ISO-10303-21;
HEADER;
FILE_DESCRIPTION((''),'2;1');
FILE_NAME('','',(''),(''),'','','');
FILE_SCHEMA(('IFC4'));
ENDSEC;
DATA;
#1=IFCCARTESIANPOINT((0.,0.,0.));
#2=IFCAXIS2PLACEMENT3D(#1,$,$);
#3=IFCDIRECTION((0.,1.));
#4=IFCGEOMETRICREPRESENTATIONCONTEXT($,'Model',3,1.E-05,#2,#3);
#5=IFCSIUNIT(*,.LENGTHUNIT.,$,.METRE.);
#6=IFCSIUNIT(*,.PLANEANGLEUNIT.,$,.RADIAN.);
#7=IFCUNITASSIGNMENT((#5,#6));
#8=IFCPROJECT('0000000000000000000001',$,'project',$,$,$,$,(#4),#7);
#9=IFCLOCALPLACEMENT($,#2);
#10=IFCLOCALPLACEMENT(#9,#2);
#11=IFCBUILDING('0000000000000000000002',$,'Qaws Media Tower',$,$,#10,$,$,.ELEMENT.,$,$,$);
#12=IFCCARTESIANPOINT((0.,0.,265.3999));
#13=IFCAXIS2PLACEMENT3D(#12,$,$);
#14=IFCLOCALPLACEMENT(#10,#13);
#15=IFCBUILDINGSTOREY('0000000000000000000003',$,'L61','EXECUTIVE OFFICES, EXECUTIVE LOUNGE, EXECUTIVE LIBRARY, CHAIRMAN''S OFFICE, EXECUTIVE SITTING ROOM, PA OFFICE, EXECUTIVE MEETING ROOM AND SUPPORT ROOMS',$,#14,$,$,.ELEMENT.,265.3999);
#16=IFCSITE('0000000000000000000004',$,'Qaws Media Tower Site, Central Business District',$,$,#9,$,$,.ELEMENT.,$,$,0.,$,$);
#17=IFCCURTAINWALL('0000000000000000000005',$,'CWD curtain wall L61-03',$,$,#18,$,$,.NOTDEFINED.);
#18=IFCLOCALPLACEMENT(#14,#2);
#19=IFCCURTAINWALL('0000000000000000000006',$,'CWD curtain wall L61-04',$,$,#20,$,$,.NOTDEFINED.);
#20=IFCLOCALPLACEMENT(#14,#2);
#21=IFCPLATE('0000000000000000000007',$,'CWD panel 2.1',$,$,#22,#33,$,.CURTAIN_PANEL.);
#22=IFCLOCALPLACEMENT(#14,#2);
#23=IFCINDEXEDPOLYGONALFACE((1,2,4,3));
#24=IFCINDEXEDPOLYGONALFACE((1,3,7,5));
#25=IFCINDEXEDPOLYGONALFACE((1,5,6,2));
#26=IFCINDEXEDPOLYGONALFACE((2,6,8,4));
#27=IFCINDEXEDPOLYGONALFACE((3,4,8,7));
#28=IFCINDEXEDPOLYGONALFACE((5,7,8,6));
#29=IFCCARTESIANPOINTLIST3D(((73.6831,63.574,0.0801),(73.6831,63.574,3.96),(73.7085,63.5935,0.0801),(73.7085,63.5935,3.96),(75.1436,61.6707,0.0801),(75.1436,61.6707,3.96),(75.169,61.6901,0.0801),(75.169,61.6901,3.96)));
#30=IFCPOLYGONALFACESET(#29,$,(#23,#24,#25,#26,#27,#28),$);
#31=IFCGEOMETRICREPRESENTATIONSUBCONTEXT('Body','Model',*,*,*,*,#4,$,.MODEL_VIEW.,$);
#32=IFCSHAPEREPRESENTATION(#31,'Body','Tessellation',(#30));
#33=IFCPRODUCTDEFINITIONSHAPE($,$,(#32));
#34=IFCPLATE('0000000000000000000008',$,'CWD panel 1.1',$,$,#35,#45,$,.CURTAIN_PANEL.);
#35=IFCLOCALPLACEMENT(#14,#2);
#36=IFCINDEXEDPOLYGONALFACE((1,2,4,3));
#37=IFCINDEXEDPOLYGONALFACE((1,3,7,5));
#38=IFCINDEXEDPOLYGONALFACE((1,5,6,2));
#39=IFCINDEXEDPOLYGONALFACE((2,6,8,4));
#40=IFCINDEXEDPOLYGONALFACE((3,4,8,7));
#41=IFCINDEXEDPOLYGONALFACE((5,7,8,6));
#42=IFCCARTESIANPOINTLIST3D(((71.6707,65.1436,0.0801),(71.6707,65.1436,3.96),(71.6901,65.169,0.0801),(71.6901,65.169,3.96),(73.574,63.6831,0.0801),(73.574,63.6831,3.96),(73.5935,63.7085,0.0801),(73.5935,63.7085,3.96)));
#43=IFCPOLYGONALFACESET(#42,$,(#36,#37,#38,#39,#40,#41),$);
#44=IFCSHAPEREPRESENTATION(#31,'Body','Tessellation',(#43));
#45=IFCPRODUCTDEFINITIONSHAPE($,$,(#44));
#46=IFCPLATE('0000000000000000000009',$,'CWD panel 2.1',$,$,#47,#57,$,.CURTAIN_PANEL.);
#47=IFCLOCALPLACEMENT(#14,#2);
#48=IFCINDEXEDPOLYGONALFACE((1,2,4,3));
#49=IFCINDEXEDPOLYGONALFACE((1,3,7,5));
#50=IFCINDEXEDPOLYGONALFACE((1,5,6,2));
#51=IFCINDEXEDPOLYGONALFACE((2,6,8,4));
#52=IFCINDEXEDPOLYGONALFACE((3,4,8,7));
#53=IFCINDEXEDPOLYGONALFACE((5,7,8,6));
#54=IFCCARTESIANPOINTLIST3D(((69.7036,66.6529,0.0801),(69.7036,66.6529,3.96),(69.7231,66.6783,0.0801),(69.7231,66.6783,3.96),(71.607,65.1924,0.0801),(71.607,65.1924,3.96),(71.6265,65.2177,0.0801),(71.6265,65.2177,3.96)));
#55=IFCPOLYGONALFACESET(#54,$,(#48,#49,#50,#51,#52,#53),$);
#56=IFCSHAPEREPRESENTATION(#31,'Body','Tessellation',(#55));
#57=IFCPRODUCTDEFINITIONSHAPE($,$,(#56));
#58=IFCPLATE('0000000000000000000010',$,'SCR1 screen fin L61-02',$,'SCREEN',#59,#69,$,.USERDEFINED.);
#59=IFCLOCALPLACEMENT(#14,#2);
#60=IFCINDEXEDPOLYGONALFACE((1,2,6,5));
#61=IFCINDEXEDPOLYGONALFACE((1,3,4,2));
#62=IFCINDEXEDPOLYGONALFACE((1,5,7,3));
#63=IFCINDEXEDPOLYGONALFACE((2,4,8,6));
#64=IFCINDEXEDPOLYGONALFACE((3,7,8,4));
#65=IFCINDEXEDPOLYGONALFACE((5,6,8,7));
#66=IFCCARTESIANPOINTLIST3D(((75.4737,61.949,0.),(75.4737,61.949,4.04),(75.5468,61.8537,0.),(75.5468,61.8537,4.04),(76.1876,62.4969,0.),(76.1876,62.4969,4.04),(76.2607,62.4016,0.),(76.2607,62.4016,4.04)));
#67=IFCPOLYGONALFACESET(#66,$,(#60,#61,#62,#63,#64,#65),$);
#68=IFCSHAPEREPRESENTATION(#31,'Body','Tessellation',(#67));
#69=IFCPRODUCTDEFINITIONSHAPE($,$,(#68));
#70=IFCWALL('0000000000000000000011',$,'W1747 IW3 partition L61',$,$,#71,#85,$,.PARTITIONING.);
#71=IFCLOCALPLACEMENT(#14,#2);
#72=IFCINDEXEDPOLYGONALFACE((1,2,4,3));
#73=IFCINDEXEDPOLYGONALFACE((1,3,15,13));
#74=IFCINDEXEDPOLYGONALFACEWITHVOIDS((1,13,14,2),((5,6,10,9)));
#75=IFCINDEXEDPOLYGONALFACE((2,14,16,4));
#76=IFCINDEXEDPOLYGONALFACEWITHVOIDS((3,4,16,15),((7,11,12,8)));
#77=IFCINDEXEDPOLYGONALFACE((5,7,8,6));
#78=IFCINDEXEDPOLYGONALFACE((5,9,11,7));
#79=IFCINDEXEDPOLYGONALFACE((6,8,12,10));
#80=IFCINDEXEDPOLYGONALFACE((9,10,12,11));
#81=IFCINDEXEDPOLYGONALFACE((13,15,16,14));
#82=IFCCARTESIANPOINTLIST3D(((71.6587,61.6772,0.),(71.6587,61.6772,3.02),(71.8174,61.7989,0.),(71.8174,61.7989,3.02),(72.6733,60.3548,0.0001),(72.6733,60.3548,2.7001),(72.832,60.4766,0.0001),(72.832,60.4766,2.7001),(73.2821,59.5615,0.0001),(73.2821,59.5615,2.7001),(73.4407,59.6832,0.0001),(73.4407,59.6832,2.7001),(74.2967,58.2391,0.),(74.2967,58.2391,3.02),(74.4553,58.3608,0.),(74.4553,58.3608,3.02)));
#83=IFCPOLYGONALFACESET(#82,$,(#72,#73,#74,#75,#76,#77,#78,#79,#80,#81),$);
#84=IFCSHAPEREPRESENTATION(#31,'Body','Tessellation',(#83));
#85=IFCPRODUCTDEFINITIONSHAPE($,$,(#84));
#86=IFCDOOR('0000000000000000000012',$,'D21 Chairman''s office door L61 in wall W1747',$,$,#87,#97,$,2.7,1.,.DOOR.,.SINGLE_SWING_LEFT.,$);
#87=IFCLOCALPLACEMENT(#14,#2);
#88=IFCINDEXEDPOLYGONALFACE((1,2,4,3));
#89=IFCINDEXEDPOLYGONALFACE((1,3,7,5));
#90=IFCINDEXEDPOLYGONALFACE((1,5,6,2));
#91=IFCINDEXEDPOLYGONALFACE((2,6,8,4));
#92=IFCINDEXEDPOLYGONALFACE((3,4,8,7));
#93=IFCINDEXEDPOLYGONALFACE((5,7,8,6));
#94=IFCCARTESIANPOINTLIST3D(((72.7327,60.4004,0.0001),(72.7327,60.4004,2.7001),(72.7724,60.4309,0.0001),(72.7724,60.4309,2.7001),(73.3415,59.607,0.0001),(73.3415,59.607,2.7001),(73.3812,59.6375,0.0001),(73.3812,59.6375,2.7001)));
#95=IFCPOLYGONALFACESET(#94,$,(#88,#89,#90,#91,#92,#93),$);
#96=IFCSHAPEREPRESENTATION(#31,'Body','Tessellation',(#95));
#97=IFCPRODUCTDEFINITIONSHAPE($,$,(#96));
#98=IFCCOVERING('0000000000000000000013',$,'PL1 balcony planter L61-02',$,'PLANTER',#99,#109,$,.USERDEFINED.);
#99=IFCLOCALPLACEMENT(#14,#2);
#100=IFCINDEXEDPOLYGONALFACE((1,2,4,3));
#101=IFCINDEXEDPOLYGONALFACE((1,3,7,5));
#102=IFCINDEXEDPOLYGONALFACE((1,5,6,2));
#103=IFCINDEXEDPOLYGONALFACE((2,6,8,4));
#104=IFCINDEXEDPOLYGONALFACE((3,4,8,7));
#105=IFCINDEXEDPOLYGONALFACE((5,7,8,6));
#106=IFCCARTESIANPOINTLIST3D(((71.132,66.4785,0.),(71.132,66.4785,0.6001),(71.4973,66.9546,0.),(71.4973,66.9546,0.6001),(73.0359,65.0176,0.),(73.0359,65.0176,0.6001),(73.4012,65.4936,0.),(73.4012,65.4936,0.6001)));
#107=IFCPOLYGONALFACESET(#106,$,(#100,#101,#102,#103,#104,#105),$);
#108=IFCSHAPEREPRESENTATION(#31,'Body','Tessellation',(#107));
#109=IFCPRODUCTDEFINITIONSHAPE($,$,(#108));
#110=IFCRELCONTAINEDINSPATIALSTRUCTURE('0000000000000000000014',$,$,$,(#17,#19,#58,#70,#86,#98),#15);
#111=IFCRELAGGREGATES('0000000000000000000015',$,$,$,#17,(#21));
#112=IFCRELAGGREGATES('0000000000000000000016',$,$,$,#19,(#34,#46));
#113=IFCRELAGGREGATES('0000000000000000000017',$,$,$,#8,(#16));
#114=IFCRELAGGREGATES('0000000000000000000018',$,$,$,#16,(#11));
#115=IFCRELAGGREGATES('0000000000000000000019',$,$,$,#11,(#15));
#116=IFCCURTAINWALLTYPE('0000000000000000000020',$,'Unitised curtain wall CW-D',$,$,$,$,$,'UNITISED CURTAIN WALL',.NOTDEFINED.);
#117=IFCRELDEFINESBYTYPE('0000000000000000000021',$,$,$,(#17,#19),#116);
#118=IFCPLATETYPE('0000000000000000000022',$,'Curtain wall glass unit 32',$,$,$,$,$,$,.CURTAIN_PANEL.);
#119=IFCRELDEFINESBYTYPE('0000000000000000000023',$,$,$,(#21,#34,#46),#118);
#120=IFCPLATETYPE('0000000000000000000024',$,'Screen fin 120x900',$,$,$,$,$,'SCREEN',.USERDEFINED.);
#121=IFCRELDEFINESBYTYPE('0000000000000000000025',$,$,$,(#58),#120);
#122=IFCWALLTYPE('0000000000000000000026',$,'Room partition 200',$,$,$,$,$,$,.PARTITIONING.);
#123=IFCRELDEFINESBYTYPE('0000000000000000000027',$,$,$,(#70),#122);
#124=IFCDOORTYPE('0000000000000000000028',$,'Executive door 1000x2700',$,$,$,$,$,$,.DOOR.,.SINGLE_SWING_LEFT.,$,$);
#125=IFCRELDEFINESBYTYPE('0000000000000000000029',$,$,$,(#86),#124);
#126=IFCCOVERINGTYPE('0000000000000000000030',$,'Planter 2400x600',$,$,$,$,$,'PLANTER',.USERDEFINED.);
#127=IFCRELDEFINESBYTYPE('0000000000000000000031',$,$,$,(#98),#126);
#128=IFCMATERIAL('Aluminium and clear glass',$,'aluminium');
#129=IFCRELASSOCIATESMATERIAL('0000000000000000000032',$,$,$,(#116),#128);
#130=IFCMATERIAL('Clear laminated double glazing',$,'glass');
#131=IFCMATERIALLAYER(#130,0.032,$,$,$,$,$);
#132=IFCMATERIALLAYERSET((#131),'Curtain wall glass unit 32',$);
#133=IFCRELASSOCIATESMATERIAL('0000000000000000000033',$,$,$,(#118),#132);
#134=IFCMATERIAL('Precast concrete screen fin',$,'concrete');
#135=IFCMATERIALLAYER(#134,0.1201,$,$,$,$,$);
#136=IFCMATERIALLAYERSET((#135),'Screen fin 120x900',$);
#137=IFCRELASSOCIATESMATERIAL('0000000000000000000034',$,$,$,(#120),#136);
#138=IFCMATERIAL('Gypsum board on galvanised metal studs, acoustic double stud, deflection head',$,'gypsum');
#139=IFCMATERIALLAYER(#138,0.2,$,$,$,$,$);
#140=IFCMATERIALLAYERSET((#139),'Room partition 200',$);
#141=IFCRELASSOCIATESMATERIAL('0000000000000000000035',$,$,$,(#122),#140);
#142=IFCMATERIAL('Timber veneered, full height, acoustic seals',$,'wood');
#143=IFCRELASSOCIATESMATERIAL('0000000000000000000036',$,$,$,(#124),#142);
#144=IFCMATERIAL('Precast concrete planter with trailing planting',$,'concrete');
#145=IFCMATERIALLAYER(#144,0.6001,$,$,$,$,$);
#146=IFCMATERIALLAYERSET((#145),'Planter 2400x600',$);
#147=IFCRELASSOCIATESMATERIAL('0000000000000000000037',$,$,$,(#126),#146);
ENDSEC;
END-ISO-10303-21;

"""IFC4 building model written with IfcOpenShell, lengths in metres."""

from ifc_helpers import new_model, si_unit, direction, frame, frame_2d, origin, origin_2d, place, context, subcontext, project, spatial, rectangle, extrude, material, layer, layer_set, type_object, element, fill, aggregate, save


model = new_model("IFC4")

# Units and contexts
model_context = context("Model", 3, precision=1e-05, world=origin(), true_north=direction((0.0, 1.0)))
body_context = subcontext(model_context, "Body", "Model", "MODEL_VIEW")
ifc_project = project(units=[si_unit("LENGTHUNIT", "METRE"), si_unit("PLANEANGLEUNIT", "RADIAN")], contexts=[model_context])

# Site, building, storey
site_placement = place(None, origin())
site = spatial("IfcSite", under=ifc_project, at=site_placement, Name="Qaws Media Tower Site, Central Business District", CompositionType="ELEMENT", RefElevation=0.0)
building_placement = place(site_placement, origin())
building = spatial("IfcBuilding", under=site, at=building_placement, Name="Qaws Media Tower", CompositionType="ELEMENT")
storey_placement = place(building_placement, frame((0.0, 0.0, 265.3999)))
storey = spatial("IfcBuildingStorey", under=building, at=storey_placement, Name="L61", Description="EXECUTIVE OFFICES, EXECUTIVE LOUNGE, EXECUTIVE LIBRARY, CHAIRMAN'S OFFICE, EXECUTIVE SITTING ROOM, PA OFFICE, EXECUTIVE MEETING ROOM AND SUPPORT ROOMS", CompositionType="ELEMENT", Elevation=265.3999)

# Curtain walls
ifc_material_1 = material(Name="Aluminium and clear glass", Category="aluminium")
curtain_wall_type = type_object("IfcCurtainWallType", Name="Unitised curtain wall CW-D", ElementType="UNITISED CURTAIN WALL", PredefinedType="NOTDEFINED", material=ifc_material_1)
curtain_wall_1_placement = place(storey_placement, origin())
curtain_wall_1 = element("IfcCurtainWall", 1, at=curtain_wall_1_placement, inside=storey, type_object=curtain_wall_type, Name="CWD curtain wall L61-03", PredefinedType="NOTDEFINED")
curtain_wall_2_placement = place(storey_placement, origin())
curtain_wall_2 = element("IfcCurtainWall", 2, at=curtain_wall_2_placement, inside=storey, type_object=curtain_wall_type, Name="CWD curtain wall L61-04", PredefinedType="NOTDEFINED")

# Plates
ifc_material_2 = material(Name="Clear laminated double glazing", Category="glass")
ifc_layer_1 = layer(ifc_material_2, 0.032)
ifc_layer_set_1 = layer_set([ifc_layer_1], Name="Curtain wall glass unit 32")
plate_type_1 = type_object("IfcPlateType", Name="Curtain wall glass unit 32", PredefinedType="CURTAIN_PANEL", material=ifc_layer_set_1)
plate_1_placement = place(storey_placement, frame((74.426, 62.6321, 0.0801), z_axis=(0.0, 0.0, 1.0), x_axis=(-0.608761, 0.793353, 0.0)))
plate_1 = element("IfcPlate", 3, at=plate_1_placement, type_object=plate_type_1, Name="CWD panel 2.1", PredefinedType="CURTAIN_PANEL", context=body_context, shape_type="SweptSolid", body=[
    extrude(rectangle(XDim=2.3992, YDim=0.032, at=origin_2d()), origin(), (0.0, 0.0, 1.0), 3.8799),
])
aggregate(curtain_wall_1, [plate_1])
plate_2_placement = place(storey_placement, frame((72.6321, 64.426, 0.0801), z_axis=(0.0, 0.0, 1.0), x_axis=(-0.793353, 0.608761, 0.0)))
plate_2 = element("IfcPlate", 4, at=plate_2_placement, type_object=plate_type_1, Name="CWD panel 1.1", PredefinedType="CURTAIN_PANEL", context=body_context, shape_type="SweptSolid", body=[
    extrude(rectangle(XDim=2.3992, YDim=0.032, at=origin_2d()), origin(), (0.0, 0.0, 1.0), 3.8799),
])
plate_3_placement = place(storey_placement, frame((70.665, 65.9353, 0.0801), z_axis=(0.0, 0.0, 1.0), x_axis=(-0.793353, 0.608761, 0.0)))
plate_3 = element("IfcPlate", 5, at=plate_3_placement, type_object=plate_type_1, Name="CWD panel 2.1", PredefinedType="CURTAIN_PANEL", context=body_context, shape_type="SweptSolid", body=[
    extrude(rectangle(XDim=2.3992, YDim=0.032, at=origin_2d()), origin(), (0.0, 0.0, 1.0), 3.8799),
])
aggregate(curtain_wall_2, [plate_2, plate_3])
ifc_material_3 = material(Name="Precast concrete screen fin", Category="concrete")
ifc_layer_2 = layer(ifc_material_3, 0.1201)
ifc_layer_set_2 = layer_set([ifc_layer_2], Name="Screen fin 120x900")
plate_type_2 = type_object("IfcPlateType", Name="Screen fin 120x900", ElementType="SCREEN", PredefinedType="USERDEFINED", material=ifc_layer_set_2)
plate_4_placement = place(storey_placement, frame((75.8672, 62.1753, 0.0), z_axis=(0.0, 0.0, 1.0), x_axis=(0.793353, 0.608761, 0.0)))
element("IfcPlate", 6, at=plate_4_placement, inside=storey, type_object=plate_type_2, Name="SCR1 screen fin L61-02", ObjectType="SCREEN", PredefinedType="USERDEFINED", context=body_context, shape_type="SweptSolid", body=[
    extrude(rectangle(XDim=0.8999, YDim=0.1201, at=origin_2d()), origin(), (0.0, 0.0, 1.0), 4.04),
])

# Wall, opening, door
ifc_material_4 = material(Name="Gypsum board on galvanised metal studs, acoustic double stud, deflection head", Category="gypsum")
ifc_layer_3 = layer(ifc_material_4, 0.2)
ifc_layer_set_3 = layer_set([ifc_layer_3], Name="Room partition 200")
wall_type = type_object("IfcWallType", Name="Room partition 200", PredefinedType="PARTITIONING", material=ifc_layer_set_3)
wall_placement = place(storey_placement, frame((71.738, 61.738, 0.0), z_axis=(0.0, 0.0, 1.0), x_axis=(0.608744, -0.793367, 0.0)))
wall = element("IfcWall", 7, at=wall_placement, inside=storey, type_object=wall_type, Name="W1747 IW3 partition L61", PredefinedType="PARTITIONING", context=body_context, shape_type="SweptSolid", body=[
    extrude(rectangle(XDim=4.3335, YDim=0.2, at=frame_2d((2.1667, 0.0))), origin(), (0.0, 0.0, 1.0), 3.02),
])
opening_placement = place(wall_placement, frame((1.6667, 0.0, 0.0)))
opening = element("IfcOpeningElement", 8, at=opening_placement, cuts=wall, PredefinedType="OPENING", context=body_context, shape_type="SweptSolid", body=[
    extrude(rectangle(XDim=1.0, YDim=2.7, at=frame_2d((0.5, 1.3501))), frame((0.0, 0.1099, 0.0), z_axis=(0.0, -1.0, 0.0), x_axis=(1.0, 0.0, 0.0)), (0.0, 0.0, 1.0), 0.22),
])
ifc_material_5 = material(Name="Timber veneered, full height, acoustic seals", Category="wood")
door_type = type_object("IfcDoorType", Name="Executive door 1000x2700", OperationType="SINGLE_SWING_LEFT", PredefinedType="DOOR", material=ifc_material_5)
door_placement = place(opening_placement, origin())
door = element("IfcDoor", 9, at=door_placement, inside=storey, type_object=door_type, Name="D21 Chairman's office door L61 in wall W1747", OperationType="SINGLE_SWING_LEFT", OverallHeight=2.7, OverallWidth=1.0, PredefinedType="DOOR", context=body_context, shape_type="SweptSolid", body=[
    extrude(rectangle(XDim=1.0, YDim=2.7, at=frame_2d((0.5, 1.3501))), frame((0.0, 0.0249, 0.0), z_axis=(0.0, -1.0, 0.0), x_axis=(1.0, 0.0, 0.0)), (0.0, 0.0, 1.0), 0.05),
])
fill(opening, door)

# Covering
ifc_material_6 = material(Name="Precast concrete planter with trailing planting", Category="concrete")
ifc_layer_4 = layer(ifc_material_6, 0.6001)
ifc_layer_set_4 = layer_set([ifc_layer_4], Name="Planter 2400x600")
covering_type = type_object("IfcCoveringType", Name="Planter 2400x600", ElementType="PLANTER", PredefinedType="USERDEFINED", material=ifc_layer_set_4)
covering_placement = place(storey_placement, frame((72.2666, 65.9861, 0.0), z_axis=(0.0, 0.0, 1.0), x_axis=(-0.793353, 0.608761, 0.0)))
element("IfcCovering", 10, at=covering_placement, inside=storey, type_object=covering_type, Name="PL1 balcony planter L61-02", ObjectType="PLANTER", PredefinedType="USERDEFINED", context=body_context, shape_type="SweptSolid", body=[
    extrude(rectangle(XDim=2.3999, YDim=0.6001, at=origin_2d()), origin(), (0.0, 0.0, 1.0), 0.6001),
])

save(model, "model.ifc")
